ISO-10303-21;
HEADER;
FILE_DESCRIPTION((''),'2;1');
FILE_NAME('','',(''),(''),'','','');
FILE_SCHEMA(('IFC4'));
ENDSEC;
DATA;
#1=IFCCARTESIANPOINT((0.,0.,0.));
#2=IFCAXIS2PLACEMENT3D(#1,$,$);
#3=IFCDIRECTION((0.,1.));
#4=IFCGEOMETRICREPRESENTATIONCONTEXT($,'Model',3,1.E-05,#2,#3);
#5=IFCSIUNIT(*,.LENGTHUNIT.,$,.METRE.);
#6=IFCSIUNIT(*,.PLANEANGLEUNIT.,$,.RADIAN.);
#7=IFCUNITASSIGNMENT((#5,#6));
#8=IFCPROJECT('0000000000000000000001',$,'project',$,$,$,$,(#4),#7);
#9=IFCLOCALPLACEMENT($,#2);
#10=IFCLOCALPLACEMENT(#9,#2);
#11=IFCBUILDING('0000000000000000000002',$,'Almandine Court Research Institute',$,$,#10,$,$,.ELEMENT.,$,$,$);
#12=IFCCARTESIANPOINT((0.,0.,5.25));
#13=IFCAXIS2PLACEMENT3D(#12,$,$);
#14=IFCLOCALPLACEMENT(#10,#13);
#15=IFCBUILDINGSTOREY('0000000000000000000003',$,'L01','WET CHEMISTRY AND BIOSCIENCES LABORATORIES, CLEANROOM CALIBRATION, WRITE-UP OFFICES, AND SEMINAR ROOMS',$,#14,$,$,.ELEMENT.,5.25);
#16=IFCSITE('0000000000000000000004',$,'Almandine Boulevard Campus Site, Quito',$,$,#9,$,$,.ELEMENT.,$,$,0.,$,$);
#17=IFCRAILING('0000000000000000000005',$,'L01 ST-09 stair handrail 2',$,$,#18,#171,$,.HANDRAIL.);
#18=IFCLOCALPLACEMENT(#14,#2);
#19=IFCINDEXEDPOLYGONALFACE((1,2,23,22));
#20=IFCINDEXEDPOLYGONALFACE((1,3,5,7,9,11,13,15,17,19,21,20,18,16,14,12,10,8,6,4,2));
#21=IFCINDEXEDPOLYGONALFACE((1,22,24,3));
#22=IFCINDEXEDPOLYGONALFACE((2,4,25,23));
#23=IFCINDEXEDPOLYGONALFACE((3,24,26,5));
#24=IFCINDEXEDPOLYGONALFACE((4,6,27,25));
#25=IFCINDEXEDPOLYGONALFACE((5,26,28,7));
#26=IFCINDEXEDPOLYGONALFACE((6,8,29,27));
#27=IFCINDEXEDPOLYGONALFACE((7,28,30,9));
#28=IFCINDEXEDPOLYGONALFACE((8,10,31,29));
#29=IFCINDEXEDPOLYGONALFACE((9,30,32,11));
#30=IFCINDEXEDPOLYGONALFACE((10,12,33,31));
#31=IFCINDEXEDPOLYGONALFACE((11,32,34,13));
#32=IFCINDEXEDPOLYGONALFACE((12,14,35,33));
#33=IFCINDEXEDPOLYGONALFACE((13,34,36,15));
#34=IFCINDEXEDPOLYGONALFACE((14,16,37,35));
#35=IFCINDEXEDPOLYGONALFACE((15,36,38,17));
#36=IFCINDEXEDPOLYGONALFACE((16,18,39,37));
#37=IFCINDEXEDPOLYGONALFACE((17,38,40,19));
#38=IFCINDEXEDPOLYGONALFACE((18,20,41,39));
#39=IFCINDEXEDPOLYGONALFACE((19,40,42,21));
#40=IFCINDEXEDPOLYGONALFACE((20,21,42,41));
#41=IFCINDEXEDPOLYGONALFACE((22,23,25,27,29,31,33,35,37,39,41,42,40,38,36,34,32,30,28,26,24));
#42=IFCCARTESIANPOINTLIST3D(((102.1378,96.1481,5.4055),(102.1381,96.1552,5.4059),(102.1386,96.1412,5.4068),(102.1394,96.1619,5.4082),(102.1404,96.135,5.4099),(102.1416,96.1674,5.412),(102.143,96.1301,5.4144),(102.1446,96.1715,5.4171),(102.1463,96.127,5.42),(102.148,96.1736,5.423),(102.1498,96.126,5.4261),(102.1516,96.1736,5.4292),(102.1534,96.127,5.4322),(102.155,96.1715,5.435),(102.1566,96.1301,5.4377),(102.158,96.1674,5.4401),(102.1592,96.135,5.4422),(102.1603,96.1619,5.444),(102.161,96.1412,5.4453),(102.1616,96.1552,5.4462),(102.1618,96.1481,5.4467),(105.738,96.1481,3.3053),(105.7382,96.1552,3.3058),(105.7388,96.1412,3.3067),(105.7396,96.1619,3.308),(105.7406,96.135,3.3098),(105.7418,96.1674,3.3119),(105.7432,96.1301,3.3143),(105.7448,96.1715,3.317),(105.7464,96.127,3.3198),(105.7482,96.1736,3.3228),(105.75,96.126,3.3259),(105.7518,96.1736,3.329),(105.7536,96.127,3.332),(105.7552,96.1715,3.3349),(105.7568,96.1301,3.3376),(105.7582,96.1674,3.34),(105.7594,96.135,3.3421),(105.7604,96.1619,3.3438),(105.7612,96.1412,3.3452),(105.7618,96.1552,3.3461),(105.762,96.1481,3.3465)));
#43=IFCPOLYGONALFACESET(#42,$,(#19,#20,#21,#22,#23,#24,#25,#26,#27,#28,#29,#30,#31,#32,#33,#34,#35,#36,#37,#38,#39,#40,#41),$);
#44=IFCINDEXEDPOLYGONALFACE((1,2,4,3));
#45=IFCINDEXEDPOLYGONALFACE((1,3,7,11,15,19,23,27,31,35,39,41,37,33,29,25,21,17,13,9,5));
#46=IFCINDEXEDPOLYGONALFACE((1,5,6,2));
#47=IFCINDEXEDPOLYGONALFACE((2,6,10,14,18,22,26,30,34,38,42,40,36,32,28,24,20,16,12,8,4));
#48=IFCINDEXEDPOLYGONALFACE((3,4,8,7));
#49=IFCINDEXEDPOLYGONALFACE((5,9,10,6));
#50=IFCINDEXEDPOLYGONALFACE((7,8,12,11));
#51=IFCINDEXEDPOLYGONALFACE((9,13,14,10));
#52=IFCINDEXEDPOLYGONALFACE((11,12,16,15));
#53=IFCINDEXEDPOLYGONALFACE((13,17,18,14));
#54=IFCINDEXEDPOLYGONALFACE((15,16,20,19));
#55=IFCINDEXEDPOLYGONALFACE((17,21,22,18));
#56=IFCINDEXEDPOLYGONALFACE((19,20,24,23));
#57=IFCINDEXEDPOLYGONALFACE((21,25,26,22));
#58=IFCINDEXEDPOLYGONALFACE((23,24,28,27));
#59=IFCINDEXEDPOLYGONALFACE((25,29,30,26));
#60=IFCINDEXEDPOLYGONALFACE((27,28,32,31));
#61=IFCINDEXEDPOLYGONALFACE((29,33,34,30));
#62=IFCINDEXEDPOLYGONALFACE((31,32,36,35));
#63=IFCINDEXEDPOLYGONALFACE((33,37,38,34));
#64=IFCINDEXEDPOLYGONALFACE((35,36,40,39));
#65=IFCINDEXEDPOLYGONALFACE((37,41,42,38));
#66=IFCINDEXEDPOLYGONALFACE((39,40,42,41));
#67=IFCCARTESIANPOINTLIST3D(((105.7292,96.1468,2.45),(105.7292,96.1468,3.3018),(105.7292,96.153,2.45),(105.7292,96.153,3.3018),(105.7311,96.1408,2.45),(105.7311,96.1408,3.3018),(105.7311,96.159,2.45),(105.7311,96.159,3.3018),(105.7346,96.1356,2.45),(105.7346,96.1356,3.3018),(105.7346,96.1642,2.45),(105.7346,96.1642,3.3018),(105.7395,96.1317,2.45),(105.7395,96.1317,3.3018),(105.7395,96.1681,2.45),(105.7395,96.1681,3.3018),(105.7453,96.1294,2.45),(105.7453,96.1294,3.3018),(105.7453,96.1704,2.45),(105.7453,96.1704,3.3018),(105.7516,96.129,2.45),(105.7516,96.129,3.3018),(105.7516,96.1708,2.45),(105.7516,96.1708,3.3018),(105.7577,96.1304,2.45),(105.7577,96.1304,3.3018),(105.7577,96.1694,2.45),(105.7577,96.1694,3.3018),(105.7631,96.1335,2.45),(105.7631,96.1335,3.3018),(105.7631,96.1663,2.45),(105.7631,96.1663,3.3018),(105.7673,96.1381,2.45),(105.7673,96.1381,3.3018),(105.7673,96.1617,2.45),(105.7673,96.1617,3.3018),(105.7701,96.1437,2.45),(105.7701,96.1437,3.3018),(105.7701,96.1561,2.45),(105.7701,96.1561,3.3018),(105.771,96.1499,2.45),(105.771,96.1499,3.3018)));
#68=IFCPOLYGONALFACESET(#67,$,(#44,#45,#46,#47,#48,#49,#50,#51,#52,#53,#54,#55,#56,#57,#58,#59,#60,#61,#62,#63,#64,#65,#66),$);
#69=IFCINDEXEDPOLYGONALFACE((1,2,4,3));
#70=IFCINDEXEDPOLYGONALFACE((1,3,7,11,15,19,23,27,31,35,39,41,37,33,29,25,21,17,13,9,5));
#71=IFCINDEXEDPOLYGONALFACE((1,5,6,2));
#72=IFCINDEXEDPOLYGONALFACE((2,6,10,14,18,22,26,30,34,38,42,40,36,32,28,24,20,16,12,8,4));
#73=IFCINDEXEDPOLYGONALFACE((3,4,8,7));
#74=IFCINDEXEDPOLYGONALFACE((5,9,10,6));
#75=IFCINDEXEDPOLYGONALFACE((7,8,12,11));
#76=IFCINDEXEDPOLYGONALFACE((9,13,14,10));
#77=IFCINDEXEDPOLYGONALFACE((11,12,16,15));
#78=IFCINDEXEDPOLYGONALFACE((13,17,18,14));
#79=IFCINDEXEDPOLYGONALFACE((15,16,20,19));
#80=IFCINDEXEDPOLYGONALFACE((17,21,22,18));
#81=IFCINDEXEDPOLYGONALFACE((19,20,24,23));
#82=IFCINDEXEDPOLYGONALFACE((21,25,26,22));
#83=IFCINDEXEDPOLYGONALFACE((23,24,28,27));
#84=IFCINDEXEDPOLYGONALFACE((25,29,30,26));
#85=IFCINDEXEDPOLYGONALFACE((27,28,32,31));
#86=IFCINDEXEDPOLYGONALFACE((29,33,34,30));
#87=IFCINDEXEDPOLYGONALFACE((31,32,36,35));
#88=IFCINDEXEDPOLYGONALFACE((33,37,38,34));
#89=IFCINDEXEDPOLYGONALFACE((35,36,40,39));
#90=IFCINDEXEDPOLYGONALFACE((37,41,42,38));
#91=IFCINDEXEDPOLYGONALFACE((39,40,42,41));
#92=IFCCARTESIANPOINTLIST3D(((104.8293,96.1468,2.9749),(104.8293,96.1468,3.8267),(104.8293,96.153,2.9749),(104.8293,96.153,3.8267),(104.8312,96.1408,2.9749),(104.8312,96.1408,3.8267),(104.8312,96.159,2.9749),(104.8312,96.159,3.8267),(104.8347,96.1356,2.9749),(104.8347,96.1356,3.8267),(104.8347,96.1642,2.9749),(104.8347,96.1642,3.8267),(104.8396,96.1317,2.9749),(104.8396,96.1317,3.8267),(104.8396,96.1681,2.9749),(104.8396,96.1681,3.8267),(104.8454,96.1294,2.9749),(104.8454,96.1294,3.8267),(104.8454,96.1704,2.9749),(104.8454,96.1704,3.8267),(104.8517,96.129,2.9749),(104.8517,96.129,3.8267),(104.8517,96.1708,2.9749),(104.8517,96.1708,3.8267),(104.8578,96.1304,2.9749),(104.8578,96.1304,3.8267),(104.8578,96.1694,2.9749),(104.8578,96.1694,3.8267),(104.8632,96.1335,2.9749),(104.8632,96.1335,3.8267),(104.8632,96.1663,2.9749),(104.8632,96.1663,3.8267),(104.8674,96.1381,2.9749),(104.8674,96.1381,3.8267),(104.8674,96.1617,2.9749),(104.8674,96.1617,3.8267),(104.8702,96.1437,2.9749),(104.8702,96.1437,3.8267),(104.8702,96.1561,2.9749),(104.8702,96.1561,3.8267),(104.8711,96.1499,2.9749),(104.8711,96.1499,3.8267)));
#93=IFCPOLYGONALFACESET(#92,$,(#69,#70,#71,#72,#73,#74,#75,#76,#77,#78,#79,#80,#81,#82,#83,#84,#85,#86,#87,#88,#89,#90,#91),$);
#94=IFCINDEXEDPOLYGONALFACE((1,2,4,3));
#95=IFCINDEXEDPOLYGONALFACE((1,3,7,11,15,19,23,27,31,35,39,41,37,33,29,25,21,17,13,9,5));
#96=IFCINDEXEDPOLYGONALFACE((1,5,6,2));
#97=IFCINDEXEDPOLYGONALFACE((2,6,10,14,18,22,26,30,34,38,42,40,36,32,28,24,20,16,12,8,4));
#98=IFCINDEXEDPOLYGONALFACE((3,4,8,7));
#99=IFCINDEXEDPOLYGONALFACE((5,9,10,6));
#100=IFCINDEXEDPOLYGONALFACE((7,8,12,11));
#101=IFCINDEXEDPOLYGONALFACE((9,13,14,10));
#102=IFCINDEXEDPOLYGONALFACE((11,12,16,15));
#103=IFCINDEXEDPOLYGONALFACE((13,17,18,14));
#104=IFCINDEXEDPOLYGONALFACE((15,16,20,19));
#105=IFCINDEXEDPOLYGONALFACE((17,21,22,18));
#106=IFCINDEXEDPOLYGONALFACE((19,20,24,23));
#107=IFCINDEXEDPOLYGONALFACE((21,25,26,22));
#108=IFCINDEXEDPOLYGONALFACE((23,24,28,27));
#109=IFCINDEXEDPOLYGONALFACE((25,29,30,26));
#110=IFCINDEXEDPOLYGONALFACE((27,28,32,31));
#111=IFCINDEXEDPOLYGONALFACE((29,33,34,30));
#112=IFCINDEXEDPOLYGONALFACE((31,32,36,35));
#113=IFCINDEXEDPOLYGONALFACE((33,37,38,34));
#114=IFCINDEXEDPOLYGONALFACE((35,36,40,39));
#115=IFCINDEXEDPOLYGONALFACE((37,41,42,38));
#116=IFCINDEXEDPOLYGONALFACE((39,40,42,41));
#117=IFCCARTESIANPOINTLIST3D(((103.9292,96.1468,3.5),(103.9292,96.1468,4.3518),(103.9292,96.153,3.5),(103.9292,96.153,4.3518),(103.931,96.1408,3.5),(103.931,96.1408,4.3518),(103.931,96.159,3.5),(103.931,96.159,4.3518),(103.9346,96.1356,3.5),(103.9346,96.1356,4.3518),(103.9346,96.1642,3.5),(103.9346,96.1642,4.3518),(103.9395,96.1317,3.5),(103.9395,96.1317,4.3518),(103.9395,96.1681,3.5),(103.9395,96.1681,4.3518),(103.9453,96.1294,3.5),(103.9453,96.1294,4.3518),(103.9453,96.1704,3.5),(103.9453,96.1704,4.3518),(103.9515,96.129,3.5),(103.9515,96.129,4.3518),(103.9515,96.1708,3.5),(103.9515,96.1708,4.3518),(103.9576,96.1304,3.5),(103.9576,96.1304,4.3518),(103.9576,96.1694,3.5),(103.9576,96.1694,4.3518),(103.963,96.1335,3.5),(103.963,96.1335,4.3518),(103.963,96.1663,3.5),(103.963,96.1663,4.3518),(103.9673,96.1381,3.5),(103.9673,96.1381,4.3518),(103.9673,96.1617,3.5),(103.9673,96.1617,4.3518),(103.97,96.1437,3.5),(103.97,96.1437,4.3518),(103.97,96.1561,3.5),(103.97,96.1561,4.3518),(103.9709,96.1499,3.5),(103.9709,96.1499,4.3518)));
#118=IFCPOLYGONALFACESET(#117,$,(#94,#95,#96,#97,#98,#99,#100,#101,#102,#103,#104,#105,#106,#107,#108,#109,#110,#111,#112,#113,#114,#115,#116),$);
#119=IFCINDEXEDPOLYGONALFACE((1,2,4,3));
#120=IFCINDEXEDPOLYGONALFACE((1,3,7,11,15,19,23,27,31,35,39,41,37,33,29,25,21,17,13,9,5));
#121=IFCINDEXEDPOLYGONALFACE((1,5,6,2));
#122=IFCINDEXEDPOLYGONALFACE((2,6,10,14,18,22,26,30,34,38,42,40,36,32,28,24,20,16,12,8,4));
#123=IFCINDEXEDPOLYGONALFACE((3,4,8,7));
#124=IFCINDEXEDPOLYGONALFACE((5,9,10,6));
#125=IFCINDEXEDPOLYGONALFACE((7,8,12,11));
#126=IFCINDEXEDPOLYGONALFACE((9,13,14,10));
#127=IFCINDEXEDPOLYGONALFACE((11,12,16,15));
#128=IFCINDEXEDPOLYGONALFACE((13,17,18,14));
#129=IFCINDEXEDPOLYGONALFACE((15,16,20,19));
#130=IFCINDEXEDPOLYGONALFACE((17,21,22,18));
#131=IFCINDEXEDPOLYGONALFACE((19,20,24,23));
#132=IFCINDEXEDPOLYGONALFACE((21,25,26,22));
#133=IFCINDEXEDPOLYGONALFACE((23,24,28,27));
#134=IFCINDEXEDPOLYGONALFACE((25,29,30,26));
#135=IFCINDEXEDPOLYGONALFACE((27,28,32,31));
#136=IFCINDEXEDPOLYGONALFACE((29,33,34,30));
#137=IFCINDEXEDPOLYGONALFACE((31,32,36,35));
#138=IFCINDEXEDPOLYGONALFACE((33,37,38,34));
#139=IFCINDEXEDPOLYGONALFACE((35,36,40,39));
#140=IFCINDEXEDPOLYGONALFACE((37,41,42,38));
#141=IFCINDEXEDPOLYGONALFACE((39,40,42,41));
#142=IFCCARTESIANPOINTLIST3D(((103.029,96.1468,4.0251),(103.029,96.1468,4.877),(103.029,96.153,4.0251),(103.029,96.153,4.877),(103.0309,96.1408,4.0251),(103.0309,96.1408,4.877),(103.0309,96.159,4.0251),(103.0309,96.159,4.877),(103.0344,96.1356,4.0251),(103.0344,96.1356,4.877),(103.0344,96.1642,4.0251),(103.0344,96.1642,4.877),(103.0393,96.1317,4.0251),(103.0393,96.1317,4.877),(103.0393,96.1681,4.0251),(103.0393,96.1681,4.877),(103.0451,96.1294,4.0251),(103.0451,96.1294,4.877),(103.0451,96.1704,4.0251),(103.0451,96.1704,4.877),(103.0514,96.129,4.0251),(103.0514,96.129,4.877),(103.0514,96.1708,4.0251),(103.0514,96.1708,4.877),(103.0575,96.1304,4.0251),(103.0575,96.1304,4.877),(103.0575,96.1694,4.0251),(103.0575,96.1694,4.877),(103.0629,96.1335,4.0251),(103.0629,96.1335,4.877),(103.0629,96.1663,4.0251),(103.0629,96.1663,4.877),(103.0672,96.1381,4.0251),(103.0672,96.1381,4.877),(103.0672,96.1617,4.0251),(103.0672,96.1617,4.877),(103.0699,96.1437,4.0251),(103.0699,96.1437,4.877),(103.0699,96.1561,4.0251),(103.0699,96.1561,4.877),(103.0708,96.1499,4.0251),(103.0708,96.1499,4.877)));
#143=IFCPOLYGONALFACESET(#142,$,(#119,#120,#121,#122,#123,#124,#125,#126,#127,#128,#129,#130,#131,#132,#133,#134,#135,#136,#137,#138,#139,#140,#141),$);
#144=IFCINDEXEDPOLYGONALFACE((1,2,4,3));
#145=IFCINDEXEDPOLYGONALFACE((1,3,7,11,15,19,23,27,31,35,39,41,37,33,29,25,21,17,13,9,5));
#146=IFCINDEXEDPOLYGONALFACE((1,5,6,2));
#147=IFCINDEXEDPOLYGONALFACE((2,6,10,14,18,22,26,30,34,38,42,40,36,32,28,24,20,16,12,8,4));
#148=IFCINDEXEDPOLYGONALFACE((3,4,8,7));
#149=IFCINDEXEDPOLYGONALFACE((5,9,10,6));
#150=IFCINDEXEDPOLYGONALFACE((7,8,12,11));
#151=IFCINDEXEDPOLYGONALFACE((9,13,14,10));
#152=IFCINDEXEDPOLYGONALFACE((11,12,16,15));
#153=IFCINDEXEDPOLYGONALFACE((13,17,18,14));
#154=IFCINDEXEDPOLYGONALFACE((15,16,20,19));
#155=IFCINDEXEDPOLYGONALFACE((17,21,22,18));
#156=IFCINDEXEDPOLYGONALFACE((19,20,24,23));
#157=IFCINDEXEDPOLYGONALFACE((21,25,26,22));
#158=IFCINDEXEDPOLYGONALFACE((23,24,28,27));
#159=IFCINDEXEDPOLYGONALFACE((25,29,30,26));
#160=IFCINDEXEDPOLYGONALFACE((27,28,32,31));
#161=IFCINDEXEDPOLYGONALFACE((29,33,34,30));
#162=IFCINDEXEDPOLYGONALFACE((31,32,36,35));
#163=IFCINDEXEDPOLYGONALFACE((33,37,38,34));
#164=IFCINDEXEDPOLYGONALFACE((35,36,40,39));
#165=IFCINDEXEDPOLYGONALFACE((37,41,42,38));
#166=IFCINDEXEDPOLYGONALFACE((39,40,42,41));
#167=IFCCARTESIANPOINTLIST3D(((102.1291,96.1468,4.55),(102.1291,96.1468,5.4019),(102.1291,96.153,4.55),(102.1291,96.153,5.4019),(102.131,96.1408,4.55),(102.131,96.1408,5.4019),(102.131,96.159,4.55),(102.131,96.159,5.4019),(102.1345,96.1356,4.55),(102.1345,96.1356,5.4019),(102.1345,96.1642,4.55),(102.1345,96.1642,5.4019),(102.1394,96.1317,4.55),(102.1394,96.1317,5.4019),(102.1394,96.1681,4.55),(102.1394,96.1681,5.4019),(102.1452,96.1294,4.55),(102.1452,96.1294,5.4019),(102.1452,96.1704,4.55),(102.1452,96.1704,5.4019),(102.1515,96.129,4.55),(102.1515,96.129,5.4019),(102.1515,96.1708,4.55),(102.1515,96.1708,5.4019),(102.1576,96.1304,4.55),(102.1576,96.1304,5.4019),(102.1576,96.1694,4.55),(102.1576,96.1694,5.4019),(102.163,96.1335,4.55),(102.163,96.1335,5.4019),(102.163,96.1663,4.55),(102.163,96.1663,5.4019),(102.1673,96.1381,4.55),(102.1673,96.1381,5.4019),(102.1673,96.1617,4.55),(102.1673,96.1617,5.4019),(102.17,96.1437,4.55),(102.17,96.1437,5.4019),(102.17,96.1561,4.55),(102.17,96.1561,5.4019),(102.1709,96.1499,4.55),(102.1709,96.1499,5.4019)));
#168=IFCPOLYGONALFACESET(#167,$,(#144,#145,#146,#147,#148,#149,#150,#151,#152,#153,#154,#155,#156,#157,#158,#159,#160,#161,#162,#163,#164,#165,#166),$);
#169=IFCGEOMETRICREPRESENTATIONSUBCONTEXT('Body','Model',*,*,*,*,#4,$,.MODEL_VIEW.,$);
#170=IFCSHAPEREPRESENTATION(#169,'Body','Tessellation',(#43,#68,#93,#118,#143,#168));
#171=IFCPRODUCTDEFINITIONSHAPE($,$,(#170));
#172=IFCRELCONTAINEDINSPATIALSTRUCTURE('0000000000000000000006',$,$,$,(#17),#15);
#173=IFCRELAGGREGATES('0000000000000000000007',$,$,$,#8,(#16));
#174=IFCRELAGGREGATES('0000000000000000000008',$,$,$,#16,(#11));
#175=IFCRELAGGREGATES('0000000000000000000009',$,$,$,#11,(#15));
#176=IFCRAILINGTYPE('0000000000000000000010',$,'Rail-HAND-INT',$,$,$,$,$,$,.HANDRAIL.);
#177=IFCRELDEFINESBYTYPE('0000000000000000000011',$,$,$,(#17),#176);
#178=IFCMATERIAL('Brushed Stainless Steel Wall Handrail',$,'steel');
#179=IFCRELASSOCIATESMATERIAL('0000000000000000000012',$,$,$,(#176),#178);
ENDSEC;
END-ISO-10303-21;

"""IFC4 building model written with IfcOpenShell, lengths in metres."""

from ifc_helpers import new_model, si_unit, direction, frame, origin, origin_2d, place, context, subcontext, project, spatial, circle, extrude, material, type_object, element, save


model = new_model("IFC4")

# Units and contexts
model_context = context("Model", 3, precision=1e-05, world=origin(), true_north=direction((0.0, 1.0)))
body_context = subcontext(model_context, "Body", "Model", "MODEL_VIEW")
ifc_project = project(units=[si_unit("LENGTHUNIT", "METRE"), si_unit("PLANEANGLEUNIT", "RADIAN")], contexts=[model_context])

# Site, building, storey
site_placement = place(None, origin())
site = spatial("IfcSite", under=ifc_project, at=site_placement, Name="Almandine Boulevard Campus Site, Quito", CompositionType="ELEMENT", RefElevation=0.0)
building_placement = place(site_placement, origin())
building = spatial("IfcBuilding", under=site, at=building_placement, Name="Almandine Court Research Institute", CompositionType="ELEMENT")
storey_placement = place(building_placement, frame((0.0, 0.0, 5.25)))
storey = spatial("IfcBuildingStorey", under=building, at=storey_placement, Name="L01", Description="WET CHEMISTRY AND BIOSCIENCES LABORATORIES, CLEANROOM CALIBRATION, WRITE-UP OFFICES, AND SEMINAR ROOMS", CompositionType="ELEMENT", Elevation=5.25)

# Railing
ifc_material_1 = material(Name="Brushed Stainless Steel Wall Handrail", Category="steel")
railing_type_1 = type_object("IfcRailingType", Name="Rail-HAND-INT", PredefinedType="HANDRAIL", material=ifc_material_1)
railing_1_placement = place(storey_placement, frame((105.75, 96.1499, 2.45)))
element("IfcRailing", 1, at=railing_1_placement, inside=storey, type_object=railing_type_1, Name="L01 ST-09 stair handrail 2", PredefinedType="HANDRAIL", context=body_context, shape_type="SweptSolid", body=[
    extrude(circle(Radius=0.0239, at=origin_2d()), frame((0.0, 0.0, 0.876), z_axis=(-0.863775, 0.0, 0.503878), x_axis=(0.0, -1.0, 0.0)), (0.0, 0.0, 1.0), 4.168),
    extrude(circle(Radius=0.021, at=origin_2d()), origin(), (0.0, 0.0, 1.0), 0.8518),
    extrude(circle(Radius=0.021, at=origin_2d()), frame((-0.8999, 0.0, 0.5249)), (0.0, 0.0, 1.0), 0.8518),
    extrude(circle(Radius=0.021, at=origin_2d()), frame((-1.8, 0.0, 1.05)), (0.0, 0.0, 1.0), 0.8518),
    extrude(circle(Radius=0.021, at=origin_2d()), frame((-2.7002, 0.0, 1.5752)), (0.0, 0.0, 1.0), 0.8518),
    extrude(circle(Radius=0.021, at=origin_2d()), frame((-3.6001, 0.0, 2.1001)), (0.0, 0.0, 1.0), 0.8518),
])

save(model, "model.ifc")
